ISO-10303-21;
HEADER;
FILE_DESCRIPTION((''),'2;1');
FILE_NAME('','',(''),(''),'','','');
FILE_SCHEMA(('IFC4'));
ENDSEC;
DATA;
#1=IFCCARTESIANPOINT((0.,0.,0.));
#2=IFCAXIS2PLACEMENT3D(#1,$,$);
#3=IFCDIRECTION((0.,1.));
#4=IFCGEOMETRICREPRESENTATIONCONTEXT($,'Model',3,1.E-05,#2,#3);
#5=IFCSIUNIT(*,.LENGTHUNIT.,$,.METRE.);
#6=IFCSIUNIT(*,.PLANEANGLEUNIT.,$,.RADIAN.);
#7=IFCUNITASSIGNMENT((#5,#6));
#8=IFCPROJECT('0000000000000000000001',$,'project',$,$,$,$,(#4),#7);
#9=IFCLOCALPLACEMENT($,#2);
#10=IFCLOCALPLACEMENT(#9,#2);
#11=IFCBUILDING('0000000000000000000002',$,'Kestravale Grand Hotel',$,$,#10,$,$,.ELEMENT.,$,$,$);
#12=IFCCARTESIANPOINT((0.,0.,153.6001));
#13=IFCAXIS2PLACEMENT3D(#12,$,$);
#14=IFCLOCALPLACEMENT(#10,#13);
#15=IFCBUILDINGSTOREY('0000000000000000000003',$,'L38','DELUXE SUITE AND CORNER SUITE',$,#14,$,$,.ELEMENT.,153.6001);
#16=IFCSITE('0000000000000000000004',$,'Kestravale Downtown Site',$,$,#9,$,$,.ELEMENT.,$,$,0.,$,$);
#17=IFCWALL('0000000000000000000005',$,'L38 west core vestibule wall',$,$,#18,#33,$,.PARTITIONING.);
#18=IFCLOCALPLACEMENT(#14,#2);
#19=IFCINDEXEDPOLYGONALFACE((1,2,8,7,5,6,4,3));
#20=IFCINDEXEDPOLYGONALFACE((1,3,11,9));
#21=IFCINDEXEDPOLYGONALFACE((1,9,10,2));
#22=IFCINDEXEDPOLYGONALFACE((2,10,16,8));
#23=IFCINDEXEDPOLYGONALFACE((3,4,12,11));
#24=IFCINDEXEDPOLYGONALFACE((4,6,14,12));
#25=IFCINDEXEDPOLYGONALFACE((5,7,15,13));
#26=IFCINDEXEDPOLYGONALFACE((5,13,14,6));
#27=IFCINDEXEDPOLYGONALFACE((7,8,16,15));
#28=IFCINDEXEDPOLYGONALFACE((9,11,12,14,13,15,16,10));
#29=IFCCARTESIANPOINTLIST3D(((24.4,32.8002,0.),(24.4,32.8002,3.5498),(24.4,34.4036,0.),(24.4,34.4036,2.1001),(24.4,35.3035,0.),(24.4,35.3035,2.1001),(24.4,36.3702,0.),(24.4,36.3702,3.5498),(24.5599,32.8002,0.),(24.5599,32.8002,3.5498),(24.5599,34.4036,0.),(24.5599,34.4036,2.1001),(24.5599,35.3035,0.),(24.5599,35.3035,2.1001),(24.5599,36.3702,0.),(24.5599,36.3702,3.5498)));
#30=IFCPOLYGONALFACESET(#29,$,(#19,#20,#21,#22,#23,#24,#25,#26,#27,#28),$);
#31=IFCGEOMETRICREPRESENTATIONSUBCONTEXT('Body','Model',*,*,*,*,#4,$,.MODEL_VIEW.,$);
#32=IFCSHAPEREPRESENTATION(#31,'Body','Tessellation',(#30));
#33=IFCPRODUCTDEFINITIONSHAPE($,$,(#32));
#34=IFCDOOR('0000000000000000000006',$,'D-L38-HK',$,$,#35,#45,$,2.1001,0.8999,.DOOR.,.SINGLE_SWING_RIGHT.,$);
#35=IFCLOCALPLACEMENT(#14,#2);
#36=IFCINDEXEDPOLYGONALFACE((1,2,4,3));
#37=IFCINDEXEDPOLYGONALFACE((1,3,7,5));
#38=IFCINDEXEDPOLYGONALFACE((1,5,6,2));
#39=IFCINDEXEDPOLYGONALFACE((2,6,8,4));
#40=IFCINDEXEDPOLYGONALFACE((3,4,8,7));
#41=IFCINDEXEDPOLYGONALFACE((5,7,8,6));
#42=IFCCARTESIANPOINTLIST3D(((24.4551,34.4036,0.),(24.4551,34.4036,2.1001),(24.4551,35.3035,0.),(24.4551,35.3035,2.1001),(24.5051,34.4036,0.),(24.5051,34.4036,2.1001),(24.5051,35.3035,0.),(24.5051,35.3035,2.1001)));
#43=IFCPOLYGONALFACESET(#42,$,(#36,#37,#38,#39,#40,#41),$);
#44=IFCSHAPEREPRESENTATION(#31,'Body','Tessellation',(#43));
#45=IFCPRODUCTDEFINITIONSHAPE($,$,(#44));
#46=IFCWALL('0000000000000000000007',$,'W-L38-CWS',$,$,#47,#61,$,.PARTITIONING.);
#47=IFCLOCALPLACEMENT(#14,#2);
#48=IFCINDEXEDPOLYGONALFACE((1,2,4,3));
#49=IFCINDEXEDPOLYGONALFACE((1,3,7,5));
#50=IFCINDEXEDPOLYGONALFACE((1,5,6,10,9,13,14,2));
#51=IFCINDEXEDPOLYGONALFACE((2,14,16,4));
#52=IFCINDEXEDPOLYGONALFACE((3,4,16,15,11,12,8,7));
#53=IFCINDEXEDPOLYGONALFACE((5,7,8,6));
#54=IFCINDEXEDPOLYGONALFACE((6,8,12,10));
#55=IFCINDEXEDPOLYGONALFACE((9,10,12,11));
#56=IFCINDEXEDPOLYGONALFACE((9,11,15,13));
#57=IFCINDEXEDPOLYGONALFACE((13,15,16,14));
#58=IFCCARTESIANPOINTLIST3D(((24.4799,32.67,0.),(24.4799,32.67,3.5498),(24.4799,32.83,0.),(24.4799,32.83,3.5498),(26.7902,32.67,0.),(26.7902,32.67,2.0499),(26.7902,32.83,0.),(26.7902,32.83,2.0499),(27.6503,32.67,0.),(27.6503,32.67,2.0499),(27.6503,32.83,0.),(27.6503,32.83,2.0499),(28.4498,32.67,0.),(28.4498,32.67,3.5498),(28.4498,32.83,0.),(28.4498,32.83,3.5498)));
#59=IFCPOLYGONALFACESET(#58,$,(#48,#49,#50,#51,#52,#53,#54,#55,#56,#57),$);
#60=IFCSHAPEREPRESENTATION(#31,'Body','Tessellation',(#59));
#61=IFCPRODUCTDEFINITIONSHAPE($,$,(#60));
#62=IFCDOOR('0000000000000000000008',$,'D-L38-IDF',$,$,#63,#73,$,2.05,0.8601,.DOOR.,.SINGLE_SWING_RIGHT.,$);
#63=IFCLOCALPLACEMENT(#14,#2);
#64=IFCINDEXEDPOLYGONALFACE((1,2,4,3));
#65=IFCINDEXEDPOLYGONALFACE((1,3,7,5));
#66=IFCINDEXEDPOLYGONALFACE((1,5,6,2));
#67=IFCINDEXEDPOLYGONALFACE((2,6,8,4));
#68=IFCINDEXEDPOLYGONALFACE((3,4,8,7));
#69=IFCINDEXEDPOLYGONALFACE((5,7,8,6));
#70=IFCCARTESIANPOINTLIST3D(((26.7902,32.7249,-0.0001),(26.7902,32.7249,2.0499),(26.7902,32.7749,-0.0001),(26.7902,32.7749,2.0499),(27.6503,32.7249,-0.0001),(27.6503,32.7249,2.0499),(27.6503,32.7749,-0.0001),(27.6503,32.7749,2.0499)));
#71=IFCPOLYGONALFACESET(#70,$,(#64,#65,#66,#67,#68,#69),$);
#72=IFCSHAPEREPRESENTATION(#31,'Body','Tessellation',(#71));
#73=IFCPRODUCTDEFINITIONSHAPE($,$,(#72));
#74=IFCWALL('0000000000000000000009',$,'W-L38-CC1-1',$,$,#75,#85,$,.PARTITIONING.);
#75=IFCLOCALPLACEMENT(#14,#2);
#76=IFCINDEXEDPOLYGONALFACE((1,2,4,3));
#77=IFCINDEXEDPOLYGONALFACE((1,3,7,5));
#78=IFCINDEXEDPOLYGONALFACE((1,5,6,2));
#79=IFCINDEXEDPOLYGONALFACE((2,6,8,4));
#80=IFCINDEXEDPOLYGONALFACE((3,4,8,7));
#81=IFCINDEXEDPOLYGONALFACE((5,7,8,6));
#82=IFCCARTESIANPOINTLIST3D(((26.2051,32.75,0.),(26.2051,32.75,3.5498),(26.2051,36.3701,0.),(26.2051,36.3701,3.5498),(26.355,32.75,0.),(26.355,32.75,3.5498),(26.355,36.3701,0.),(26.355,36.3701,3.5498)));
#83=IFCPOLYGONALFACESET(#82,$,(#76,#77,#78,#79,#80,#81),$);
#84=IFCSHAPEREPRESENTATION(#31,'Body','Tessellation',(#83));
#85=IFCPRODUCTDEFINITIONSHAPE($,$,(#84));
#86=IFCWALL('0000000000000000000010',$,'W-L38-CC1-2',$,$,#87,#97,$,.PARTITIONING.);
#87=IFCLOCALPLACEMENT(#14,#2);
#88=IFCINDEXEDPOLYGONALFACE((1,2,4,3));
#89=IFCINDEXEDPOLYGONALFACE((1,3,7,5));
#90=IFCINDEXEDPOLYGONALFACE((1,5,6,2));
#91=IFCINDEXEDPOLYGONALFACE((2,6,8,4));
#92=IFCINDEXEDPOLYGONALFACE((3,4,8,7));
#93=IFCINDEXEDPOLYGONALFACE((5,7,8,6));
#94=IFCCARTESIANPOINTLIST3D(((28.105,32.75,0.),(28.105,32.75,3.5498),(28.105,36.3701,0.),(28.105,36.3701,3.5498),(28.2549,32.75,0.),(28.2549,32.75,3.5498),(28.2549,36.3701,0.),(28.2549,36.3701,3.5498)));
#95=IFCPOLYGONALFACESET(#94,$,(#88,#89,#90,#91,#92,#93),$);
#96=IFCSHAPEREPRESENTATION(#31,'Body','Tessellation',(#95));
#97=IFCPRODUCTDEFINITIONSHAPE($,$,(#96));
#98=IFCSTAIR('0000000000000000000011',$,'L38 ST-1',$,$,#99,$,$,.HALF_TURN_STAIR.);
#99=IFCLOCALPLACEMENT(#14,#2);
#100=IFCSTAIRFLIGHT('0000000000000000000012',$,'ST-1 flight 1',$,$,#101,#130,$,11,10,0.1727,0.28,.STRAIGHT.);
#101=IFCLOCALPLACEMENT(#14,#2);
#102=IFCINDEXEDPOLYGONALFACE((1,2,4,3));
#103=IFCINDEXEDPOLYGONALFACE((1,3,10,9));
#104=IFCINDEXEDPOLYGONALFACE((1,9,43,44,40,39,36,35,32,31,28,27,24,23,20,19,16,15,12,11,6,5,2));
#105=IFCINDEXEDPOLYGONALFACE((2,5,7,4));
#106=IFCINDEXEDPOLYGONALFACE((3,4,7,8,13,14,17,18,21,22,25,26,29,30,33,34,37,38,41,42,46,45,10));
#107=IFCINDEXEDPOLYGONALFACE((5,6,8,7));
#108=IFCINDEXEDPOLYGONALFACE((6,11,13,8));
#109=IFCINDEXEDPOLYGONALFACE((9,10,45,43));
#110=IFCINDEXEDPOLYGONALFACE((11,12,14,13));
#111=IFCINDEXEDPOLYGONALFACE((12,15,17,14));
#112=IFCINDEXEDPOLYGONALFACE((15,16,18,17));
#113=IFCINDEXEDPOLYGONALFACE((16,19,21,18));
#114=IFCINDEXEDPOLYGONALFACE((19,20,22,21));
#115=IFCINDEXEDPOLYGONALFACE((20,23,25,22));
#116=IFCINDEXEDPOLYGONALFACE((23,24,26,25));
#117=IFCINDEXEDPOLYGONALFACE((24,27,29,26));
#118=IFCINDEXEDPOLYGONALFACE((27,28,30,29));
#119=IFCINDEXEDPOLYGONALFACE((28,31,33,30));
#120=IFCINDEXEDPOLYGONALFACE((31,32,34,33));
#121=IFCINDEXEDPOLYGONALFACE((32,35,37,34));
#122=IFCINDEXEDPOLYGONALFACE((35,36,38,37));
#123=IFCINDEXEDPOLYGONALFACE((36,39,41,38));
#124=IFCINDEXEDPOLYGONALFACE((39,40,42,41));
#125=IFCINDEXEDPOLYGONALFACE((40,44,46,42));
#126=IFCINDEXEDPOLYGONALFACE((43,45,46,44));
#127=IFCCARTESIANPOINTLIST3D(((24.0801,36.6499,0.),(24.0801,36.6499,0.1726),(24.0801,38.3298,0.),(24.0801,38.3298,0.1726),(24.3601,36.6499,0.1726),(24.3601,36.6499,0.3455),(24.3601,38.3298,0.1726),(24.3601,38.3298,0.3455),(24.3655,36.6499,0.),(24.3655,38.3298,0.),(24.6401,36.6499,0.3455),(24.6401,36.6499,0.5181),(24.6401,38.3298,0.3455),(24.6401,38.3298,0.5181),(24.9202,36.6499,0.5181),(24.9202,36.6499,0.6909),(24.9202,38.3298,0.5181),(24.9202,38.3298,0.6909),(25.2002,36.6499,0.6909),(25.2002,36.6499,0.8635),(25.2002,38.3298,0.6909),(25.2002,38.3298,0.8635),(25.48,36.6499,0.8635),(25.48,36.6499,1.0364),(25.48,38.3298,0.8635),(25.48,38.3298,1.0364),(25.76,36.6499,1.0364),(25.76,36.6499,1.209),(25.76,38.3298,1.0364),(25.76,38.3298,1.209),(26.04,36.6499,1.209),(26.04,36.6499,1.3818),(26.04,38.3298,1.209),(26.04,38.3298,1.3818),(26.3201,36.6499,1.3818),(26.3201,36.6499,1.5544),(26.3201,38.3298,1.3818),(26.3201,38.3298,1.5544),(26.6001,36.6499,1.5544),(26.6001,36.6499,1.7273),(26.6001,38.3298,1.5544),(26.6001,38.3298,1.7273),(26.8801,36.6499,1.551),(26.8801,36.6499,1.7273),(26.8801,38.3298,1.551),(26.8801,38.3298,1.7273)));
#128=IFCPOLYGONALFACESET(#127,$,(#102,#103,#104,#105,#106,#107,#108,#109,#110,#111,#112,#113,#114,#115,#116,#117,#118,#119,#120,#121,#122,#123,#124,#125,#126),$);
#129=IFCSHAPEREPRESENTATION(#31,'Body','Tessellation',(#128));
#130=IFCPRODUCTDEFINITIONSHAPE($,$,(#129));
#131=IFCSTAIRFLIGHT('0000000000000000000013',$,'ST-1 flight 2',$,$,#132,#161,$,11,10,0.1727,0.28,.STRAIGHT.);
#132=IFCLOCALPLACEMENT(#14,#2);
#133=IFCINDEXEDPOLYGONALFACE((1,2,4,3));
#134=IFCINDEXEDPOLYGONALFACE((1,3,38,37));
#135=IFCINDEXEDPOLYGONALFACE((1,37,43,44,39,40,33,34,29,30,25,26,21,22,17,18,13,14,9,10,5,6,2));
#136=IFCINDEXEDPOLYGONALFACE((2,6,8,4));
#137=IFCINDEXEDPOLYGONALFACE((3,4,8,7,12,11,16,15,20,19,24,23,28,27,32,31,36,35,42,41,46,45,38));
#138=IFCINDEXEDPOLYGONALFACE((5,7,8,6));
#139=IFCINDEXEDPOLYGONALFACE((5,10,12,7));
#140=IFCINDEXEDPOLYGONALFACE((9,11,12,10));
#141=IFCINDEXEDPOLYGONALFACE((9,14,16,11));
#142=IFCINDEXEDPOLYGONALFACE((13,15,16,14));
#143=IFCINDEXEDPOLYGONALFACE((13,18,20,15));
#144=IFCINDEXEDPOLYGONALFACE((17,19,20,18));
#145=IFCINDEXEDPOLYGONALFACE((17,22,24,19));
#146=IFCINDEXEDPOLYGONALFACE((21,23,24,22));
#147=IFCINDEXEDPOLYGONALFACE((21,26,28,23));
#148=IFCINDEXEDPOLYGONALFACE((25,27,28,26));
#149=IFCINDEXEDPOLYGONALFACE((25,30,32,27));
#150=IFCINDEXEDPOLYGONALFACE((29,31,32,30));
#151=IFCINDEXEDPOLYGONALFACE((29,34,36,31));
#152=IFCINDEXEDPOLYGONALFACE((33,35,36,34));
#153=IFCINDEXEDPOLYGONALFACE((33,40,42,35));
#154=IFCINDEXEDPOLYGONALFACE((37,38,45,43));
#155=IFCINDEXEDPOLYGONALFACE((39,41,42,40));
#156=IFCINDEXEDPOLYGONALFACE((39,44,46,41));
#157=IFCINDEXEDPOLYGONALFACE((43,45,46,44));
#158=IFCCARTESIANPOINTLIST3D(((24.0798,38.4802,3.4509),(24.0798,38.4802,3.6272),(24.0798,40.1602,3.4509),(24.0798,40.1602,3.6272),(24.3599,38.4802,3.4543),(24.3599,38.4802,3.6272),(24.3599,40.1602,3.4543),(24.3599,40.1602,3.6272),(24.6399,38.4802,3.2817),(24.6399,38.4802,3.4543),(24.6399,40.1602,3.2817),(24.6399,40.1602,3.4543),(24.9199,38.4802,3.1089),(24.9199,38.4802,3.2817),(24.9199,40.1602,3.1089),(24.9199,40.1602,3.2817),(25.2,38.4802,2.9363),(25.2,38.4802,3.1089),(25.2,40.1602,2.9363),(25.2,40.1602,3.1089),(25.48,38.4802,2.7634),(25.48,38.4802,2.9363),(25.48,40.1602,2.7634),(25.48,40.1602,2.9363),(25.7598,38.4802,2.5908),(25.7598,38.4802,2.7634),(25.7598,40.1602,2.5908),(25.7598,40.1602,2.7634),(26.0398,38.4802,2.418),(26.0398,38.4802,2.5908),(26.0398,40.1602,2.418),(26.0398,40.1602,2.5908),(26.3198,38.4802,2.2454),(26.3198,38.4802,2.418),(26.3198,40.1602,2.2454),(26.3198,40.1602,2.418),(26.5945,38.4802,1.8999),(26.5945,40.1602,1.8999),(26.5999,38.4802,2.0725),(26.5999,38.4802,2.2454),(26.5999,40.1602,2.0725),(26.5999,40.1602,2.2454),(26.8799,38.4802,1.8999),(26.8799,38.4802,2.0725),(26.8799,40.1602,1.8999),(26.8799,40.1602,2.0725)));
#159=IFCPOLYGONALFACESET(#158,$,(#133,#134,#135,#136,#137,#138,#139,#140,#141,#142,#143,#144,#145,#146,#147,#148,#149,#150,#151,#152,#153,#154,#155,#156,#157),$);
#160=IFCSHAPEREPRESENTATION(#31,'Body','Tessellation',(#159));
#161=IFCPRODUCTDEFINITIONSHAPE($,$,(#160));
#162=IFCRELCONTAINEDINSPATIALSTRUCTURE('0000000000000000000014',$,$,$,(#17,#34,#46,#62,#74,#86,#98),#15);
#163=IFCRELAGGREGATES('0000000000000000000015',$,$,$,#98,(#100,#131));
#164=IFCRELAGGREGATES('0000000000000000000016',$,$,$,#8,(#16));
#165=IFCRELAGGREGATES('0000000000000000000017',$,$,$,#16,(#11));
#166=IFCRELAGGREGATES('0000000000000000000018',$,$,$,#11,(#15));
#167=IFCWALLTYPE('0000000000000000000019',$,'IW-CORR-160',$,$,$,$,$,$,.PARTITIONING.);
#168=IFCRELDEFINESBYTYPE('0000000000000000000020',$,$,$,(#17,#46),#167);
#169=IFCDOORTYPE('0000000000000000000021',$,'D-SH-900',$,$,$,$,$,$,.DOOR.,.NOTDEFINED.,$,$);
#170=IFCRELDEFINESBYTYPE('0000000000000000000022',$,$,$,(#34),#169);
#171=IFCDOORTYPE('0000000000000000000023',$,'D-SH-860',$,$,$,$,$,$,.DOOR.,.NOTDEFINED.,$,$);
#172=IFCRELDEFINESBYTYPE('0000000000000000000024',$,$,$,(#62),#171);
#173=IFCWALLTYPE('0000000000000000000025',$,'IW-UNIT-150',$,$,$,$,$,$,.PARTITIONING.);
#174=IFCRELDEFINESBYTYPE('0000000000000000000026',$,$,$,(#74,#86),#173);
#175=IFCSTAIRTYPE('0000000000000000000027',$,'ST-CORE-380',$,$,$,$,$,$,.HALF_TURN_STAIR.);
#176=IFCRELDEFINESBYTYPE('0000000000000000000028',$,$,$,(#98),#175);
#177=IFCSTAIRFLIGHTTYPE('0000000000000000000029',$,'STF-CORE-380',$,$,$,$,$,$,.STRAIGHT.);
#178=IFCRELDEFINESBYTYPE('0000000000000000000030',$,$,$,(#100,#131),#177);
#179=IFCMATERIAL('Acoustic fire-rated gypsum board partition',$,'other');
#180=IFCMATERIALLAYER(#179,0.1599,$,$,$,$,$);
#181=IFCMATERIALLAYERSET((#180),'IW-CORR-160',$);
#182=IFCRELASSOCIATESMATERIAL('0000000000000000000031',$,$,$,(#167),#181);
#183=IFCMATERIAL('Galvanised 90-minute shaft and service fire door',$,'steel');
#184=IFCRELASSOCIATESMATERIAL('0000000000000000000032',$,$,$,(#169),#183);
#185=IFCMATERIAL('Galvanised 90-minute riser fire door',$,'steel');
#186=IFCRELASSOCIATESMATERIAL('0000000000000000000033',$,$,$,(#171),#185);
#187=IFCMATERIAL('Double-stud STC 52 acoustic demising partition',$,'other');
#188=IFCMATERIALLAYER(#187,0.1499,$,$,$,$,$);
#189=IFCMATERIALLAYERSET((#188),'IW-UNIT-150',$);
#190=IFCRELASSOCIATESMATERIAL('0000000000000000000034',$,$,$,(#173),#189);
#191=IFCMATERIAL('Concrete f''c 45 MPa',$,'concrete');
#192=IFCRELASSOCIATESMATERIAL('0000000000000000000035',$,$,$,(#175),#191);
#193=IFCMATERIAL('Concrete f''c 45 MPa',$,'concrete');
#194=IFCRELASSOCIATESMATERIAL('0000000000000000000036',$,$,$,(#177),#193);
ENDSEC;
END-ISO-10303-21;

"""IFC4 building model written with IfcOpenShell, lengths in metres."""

from ifc_helpers import new_model, si_unit, direction, frame, frame_2d, origin, place, context, subcontext, project, spatial, polyline, rectangle, outline, extrude, material, layer, layer_set, type_object, element, fill, aggregate, save


model = new_model("IFC4")

# Units and contexts
model_context = context("Model", 3, precision=1e-05, world=origin(), true_north=direction((0.0, 1.0)))
body_context = subcontext(model_context, "Body", "Model", "MODEL_VIEW")
ifc_project = project(units=[si_unit("LENGTHUNIT", "METRE"), si_unit("PLANEANGLEUNIT", "RADIAN")], contexts=[model_context])

# Site, building, storey
site_placement = place(None, origin())
site = spatial("IfcSite", under=ifc_project, at=site_placement, Name="Kestravale Downtown Site", CompositionType="ELEMENT", RefElevation=0.0)
building_placement = place(site_placement, origin())
building = spatial("IfcBuilding", under=site, at=building_placement, Name="Kestravale Grand Hotel", CompositionType="ELEMENT")
storey_placement = place(building_placement, frame((0.0, 0.0, 153.6001)))
storey = spatial("IfcBuildingStorey", under=building, at=storey_placement, Name="L38", Description="DELUXE SUITE AND CORNER SUITE", CompositionType="ELEMENT", Elevation=153.6001)

# Walls, openings, doors
ifc_material_1 = material(Name="Acoustic fire-rated gypsum board partition", Category="other")
ifc_layer_1 = layer(ifc_material_1, 0.1599)
ifc_layer_set_1 = layer_set([ifc_layer_1], Name="IW-CORR-160")
wall_type_1 = type_object("IfcWallType", Name="IW-CORR-160", PredefinedType="PARTITIONING", material=ifc_layer_set_1)
wall_1_placement = place(storey_placement, frame((24.48, 32.8, 0.0), z_axis=(0.0, 0.0, 1.0), x_axis=(0.0, 1.0, 0.0)))
wall_1 = element("IfcWall", 1, at=wall_1_placement, inside=storey, type_object=wall_type_1, Name="L38 west core vestibule wall", PredefinedType="PARTITIONING", context=body_context, shape_type="SweptSolid", body=[
    extrude(rectangle(XDim=3.5701, YDim=0.1599, at=frame_2d((1.7852, 0.0))), origin(), (0.0, 0.0, 1.0), 3.5498),
])
opening_1_placement = place(wall_1_placement, frame((1.6035, 0.0, 0.0)))
opening_1 = element("IfcOpeningElement", 2, at=opening_1_placement, cuts=wall_1, PredefinedType="OPENING", context=body_context, shape_type="SweptSolid", body=[
    extrude(rectangle(XDim=0.8999, YDim=2.1001, at=frame_2d((0.45, 1.05))), frame((0.0, 0.0898, 0.0), z_axis=(0.0, -1.0, 0.0), x_axis=(1.0, 0.0, 0.0)), (0.0, 0.0, 1.0), 0.1799),
])
ifc_material_2 = material(Name="Galvanised 90-minute shaft and service fire door", Category="steel")
door_type_1 = type_object("IfcDoorType", Name="D-SH-900", OperationType="NOTDEFINED", PredefinedType="DOOR", material=ifc_material_2)
door_1_placement = place(opening_1_placement, origin())
door_1 = element("IfcDoor", 3, at=door_1_placement, inside=storey, type_object=door_type_1, Name="D-L38-HK", OperationType="SINGLE_SWING_RIGHT", OverallHeight=2.1001, OverallWidth=0.8999, PredefinedType="DOOR", context=body_context, shape_type="SweptSolid", body=[
    extrude(rectangle(XDim=0.8999, YDim=2.1001, at=frame_2d((0.45, 1.05))), frame((0.0, 0.0249, 0.0), z_axis=(0.0, -1.0, 0.0), x_axis=(1.0, 0.0, 0.0)), (0.0, 0.0, 1.0), 0.05),
])
fill(opening_1, door_1)
wall_2_placement = place(storey_placement, frame((24.48, 32.75, 0.0), z_axis=(0.0, 0.0, 1.0), x_axis=(1.0, 0.0, 0.0)))
wall_2 = element("IfcWall", 4, at=wall_2_placement, inside=storey, type_object=wall_type_1, Name="W-L38-CWS", PredefinedType="PARTITIONING", context=body_context, shape_type="SweptSolid", body=[
    extrude(rectangle(XDim=3.97, YDim=0.1599, at=frame_2d((1.9849, 0.0))), origin(), (0.0, 0.0, 1.0), 3.5498),
])
opening_2_placement = place(wall_2_placement, frame((2.3101, 0.0, 0.0)))
opening_2 = element("IfcOpeningElement", 5, at=opening_2_placement, cuts=wall_2, PredefinedType="OPENING", context=body_context, shape_type="SweptSolid", body=[
    extrude(rectangle(XDim=0.8601, YDim=2.05, at=frame_2d((0.4302, 1.0249))), frame((0.0, 0.0898, 0.0), z_axis=(0.0, -1.0, 0.0), x_axis=(1.0, 0.0, 0.0)), (0.0, 0.0, 1.0), 0.1799),
])
ifc_material_3 = material(Name="Galvanised 90-minute riser fire door", Category="steel")
door_type_2 = type_object("IfcDoorType", Name="D-SH-860", OperationType="NOTDEFINED", PredefinedType="DOOR", material=ifc_material_3)
door_2_placement = place(opening_2_placement, origin())
door_2 = element("IfcDoor", 6, at=door_2_placement, inside=storey, type_object=door_type_2, Name="D-L38-IDF", OperationType="SINGLE_SWING_RIGHT", OverallHeight=2.05, OverallWidth=0.8601, PredefinedType="DOOR", context=body_context, shape_type="SweptSolid", body=[
    extrude(rectangle(XDim=0.8601, YDim=2.05, at=frame_2d((0.4302, 1.0249))), frame((0.0, 0.0249, 0.0), z_axis=(0.0, -1.0, 0.0), x_axis=(1.0, 0.0, 0.0)), (0.0, 0.0, 1.0), 0.05),
])
fill(opening_2, door_2)

# Walls
ifc_material_4 = material(Name="Double-stud STC 52 acoustic demising partition", Category="other")
ifc_layer_2 = layer(ifc_material_4, 0.1499)
ifc_layer_set_2 = layer_set([ifc_layer_2], Name="IW-UNIT-150")
wall_type_2 = type_object("IfcWallType", Name="IW-UNIT-150", PredefinedType="PARTITIONING", material=ifc_layer_set_2)
for number, where, z_axis, x_axis, name in (
    (7, (26.28, 32.75, 0.0), (0.0, 0.0, 1.0), (0.0, 1.0, 0.0), "W-L38-CC1-1"),
    (8, (28.1799, 32.75, 0.0), (0.0, 0.0, 1.0), (0.0, 1.0, 0.0), "W-L38-CC1-2"),
):
    element("IfcWall", number, at=place(storey_placement, frame(where, z_axis=z_axis, x_axis=x_axis)), inside=storey, type_object=wall_type_2, Name=name, PredefinedType="PARTITIONING", context=body_context, shape_type="SweptSolid", body=[
        extrude(rectangle(XDim=3.6201, YDim=0.1499, at=frame_2d((1.8101, 0.0))), origin(), (0.0, 0.0, 1.0), 3.5498),
    ])

# Stair, stair flights
ifc_material_5 = material(Name="Concrete f'c 45 MPa", Category="concrete")
stair_type = type_object("IfcStairType", Name="ST-CORE-380", PredefinedType="HALF_TURN_STAIR", material=ifc_material_5)
stair_placement = place(storey_placement, origin())
stair = element("IfcStair", 9, at=stair_placement, inside=storey, type_object=stair_type, Name="L38 ST-1", PredefinedType="HALF_TURN_STAIR")
ifc_material_6 = material(Name="Concrete f'c 45 MPa", Category="concrete")
stair_flight_type = type_object("IfcStairFlightType", Name="STF-CORE-380", PredefinedType="STRAIGHT", material=ifc_material_6)
stair_flight_1_placement = place(storey_placement, frame((24.0801, 37.49, 0.0), z_axis=(0.0, 0.0, 1.0), x_axis=(1.0, 0.0, 0.0)))
stair_flight_1 = element("IfcStairFlight", 10, at=stair_flight_1_placement, type_object=stair_flight_type, Name="ST-1 flight 1", NumberOfRisers=11, NumberOfTreads=10, PredefinedType="STRAIGHT", RiserHeight=0.1727, TreadLength=0.28, context=body_context, shape_type="SweptSolid", body=[
    extrude(outline(polyline([(0.0, 0.0), (0.0, 0.1726), (0.28, 0.1726), (0.28, 0.3455), (0.5601, 0.3455), (0.5601, 0.5181), (0.8401, 0.5181), (0.8401, 0.6909), (1.1201, 0.6909), (1.1201, 0.8635), (1.3999, 0.8635), (1.3999, 1.0364), (1.6799, 1.0364), (1.6799, 1.209), (1.96, 1.209), (1.96, 1.3818), (2.24, 1.3818), (2.24, 1.5544), (2.52, 1.5544), (2.52, 1.7273), (2.8, 1.7273), (2.8, 1.8999), (2.8, 1.551), (0.2854, 0.0), (0.0, 0.0)])), frame((0.0, 0.8398, 0.0), z_axis=(0.0, -1.0, 0.0), x_axis=(1.0, 0.0, 0.0)), (0.0, 0.0, 1.0), 1.6799),
])
stair_flight_2_placement = place(storey_placement, frame((26.8799, 39.3201, 1.8999), z_axis=(0.0, 0.0, 1.0), x_axis=(-1.0, 0.0, 0.0)))
stair_flight_2 = element("IfcStairFlight", 11, at=stair_flight_2_placement, type_object=stair_flight_type, Name="ST-1 flight 2", NumberOfRisers=11, NumberOfTreads=10, PredefinedType="STRAIGHT", RiserHeight=0.1727, TreadLength=0.28, context=body_context, shape_type="SweptSolid", body=[
    extrude(outline(polyline([(0.0, 0.0), (0.0, 0.1726), (0.28, 0.1726), (0.28, 0.3455), (0.5601, 0.3455), (0.5601, 0.5181), (0.8401, 0.5181), (0.8401, 0.6909), (1.1201, 0.6909), (1.1201, 0.8635), (1.3999, 0.8635), (1.3999, 1.0364), (1.6799, 1.0364), (1.6799, 1.209), (1.96, 1.209), (1.96, 1.3818), (2.24, 1.3818), (2.24, 1.5544), (2.52, 1.5544), (2.52, 1.7273), (2.8, 1.7273), (2.8, 1.8999), (2.8, 1.551), (0.2854, 0.0), (0.0, 0.0)])), frame((0.0, 0.8398, 0.0), z_axis=(0.0, -1.0, 0.0), x_axis=(1.0, 0.0, 0.0)), (0.0, 0.0, 1.0), 1.6799),
])
aggregate(stair, [stair_flight_1, stair_flight_2])

save(model, "model.ifc")
